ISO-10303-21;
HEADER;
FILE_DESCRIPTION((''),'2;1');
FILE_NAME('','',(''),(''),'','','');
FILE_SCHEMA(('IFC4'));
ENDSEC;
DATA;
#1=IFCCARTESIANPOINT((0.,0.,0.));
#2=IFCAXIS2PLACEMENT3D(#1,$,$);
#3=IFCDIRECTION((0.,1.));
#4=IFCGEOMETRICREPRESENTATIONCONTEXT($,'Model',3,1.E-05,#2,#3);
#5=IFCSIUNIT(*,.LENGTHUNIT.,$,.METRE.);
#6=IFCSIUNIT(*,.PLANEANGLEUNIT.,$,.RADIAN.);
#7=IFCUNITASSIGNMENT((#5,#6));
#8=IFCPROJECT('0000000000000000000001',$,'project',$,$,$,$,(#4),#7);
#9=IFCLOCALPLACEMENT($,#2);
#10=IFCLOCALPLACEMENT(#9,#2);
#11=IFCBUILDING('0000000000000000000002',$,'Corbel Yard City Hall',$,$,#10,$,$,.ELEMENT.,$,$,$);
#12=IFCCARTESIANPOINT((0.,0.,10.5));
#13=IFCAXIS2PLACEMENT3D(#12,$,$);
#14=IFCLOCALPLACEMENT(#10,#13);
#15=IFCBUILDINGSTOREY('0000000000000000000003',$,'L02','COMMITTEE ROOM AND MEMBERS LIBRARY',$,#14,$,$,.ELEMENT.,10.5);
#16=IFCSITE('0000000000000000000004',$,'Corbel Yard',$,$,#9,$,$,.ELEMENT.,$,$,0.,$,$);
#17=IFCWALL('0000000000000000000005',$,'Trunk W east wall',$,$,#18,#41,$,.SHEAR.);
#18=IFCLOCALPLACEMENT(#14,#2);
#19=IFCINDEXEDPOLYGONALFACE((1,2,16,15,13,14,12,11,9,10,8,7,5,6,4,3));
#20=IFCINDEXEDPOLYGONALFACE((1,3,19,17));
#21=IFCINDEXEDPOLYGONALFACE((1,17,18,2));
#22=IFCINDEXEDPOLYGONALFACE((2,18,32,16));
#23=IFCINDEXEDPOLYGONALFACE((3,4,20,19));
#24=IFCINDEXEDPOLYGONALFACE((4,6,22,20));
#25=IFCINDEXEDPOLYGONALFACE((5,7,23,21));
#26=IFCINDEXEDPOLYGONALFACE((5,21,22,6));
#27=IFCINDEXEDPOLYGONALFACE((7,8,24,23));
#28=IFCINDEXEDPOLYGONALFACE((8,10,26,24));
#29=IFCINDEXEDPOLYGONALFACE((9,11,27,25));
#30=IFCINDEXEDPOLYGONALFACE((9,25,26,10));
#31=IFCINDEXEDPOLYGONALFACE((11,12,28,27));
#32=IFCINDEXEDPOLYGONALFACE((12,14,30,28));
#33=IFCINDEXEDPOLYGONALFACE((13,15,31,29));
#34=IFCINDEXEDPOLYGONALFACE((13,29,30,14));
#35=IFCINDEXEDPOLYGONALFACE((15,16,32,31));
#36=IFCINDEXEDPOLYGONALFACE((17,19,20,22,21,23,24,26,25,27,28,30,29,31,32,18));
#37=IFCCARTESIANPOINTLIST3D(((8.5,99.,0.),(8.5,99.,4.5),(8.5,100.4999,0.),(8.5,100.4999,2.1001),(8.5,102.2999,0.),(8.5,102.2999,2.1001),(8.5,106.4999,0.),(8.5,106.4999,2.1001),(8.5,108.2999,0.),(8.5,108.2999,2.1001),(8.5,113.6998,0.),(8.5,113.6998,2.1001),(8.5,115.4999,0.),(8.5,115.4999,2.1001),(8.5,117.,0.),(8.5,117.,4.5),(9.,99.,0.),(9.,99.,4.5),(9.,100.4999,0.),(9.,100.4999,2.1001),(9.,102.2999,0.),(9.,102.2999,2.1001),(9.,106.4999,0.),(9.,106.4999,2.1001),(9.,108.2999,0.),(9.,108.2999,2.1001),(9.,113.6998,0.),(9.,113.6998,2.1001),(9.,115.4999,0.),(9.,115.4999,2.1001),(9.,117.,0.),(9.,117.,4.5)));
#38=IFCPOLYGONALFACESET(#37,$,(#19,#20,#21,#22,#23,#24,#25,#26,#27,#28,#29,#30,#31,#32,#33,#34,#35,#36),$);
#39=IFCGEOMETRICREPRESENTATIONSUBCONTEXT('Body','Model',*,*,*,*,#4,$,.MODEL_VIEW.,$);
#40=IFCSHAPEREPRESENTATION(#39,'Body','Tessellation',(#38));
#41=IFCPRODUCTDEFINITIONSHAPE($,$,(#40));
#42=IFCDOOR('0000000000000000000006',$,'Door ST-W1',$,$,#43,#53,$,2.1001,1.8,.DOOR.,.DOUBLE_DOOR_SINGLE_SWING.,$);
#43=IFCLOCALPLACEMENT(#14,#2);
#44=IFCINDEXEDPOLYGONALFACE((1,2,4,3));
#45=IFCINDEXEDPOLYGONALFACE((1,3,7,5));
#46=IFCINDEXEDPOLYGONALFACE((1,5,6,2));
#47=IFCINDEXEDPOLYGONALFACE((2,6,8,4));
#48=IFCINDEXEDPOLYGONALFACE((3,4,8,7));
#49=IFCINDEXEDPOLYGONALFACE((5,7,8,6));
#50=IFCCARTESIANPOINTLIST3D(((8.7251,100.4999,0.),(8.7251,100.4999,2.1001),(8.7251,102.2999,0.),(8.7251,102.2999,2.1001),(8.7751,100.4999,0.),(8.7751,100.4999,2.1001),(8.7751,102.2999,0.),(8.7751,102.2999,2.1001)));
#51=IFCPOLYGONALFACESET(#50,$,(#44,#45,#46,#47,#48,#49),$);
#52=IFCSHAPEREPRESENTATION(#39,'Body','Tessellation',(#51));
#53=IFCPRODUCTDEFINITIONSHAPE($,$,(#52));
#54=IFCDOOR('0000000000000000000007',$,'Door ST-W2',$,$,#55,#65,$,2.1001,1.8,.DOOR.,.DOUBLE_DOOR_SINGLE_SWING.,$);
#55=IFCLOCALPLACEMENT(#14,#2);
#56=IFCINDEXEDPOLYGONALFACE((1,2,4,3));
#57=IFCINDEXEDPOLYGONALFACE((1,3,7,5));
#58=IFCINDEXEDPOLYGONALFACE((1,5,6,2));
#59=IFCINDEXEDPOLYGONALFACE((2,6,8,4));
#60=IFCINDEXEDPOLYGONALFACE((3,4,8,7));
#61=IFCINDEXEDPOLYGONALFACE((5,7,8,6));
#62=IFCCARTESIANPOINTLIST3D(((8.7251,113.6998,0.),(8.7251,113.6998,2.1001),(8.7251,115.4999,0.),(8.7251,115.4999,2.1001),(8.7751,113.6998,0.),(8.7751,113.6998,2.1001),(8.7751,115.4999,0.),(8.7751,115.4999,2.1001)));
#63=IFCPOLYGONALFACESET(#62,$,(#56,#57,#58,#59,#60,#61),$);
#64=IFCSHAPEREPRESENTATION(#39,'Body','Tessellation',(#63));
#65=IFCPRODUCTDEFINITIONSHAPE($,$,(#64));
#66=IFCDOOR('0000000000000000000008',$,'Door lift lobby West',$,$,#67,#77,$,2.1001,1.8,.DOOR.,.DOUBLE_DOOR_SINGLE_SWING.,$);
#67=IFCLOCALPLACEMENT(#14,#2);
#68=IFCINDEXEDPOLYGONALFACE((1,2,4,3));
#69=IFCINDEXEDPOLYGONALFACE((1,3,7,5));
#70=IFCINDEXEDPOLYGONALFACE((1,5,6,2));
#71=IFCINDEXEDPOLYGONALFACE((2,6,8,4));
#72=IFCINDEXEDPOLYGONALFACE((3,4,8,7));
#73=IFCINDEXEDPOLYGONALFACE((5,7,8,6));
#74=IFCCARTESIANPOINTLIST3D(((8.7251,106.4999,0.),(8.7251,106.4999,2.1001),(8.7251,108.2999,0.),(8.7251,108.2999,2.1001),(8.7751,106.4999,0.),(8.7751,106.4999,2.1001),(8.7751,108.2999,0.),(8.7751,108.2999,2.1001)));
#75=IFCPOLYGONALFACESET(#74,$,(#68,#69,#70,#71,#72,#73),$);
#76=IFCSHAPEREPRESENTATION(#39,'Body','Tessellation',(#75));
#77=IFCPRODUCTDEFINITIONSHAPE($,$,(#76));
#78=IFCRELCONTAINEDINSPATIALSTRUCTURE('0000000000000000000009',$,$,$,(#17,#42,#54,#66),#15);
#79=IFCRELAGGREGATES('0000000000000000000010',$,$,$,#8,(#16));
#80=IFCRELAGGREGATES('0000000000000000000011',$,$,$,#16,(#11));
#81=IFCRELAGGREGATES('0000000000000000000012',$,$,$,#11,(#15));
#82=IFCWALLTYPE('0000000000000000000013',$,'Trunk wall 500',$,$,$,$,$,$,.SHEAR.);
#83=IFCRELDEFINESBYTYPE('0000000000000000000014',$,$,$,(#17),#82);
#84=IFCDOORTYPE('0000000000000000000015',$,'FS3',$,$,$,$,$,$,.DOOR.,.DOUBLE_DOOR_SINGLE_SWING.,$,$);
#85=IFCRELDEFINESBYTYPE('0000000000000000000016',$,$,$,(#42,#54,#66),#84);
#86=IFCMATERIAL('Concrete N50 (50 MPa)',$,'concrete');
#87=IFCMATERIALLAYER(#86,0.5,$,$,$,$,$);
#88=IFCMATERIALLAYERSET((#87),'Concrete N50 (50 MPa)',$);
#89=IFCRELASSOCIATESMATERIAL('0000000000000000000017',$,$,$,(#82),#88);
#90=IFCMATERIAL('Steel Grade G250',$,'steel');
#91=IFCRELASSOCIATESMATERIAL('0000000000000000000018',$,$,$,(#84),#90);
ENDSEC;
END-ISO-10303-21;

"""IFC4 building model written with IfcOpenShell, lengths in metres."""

from ifc_helpers import new_model, si_unit, direction, frame, frame_2d, origin, place, context, subcontext, project, spatial, rectangle, extrude, material, layer, layer_set, type_object, element, fill, save


model = new_model("IFC4")

# Units and contexts
model_context = context("Model", 3, precision=1e-05, world=origin(), true_north=direction((0.0, 1.0)))
body_context = subcontext(model_context, "Body", "Model", "MODEL_VIEW")
ifc_project = project(units=[si_unit("LENGTHUNIT", "METRE"), si_unit("PLANEANGLEUNIT", "RADIAN")], contexts=[model_context])

# Site, building, storey
site_placement = place(None, origin())
site = spatial("IfcSite", under=ifc_project, at=site_placement, Name="Corbel Yard", CompositionType="ELEMENT", RefElevation=0.0)
building_placement = place(site_placement, origin())
building = spatial("IfcBuilding", under=site, at=building_placement, Name="Corbel Yard City Hall", CompositionType="ELEMENT")
storey_placement = place(building_placement, frame((0.0, 0.0, 10.5)))
storey = spatial("IfcBuildingStorey", under=building, at=storey_placement, Name="L02", Description="COMMITTEE ROOM AND MEMBERS LIBRARY", CompositionType="ELEMENT", Elevation=10.5)

# Wall, openings, doors
ifc_material_1 = material(Name="Concrete N50 (50 MPa)", Category="concrete")
ifc_layer_1 = layer(ifc_material_1, 0.5)
ifc_layer_set_1 = layer_set([ifc_layer_1], Name="Concrete N50 (50 MPa)")
wall_type_1 = type_object("IfcWallType", Name="Trunk wall 500", PredefinedType="SHEAR", material=ifc_layer_set_1)
wall_1_placement = place(storey_placement, frame((8.75, 99.0, 0.0), z_axis=(0.0, 0.0, 1.0), x_axis=(0.0, 1.0, 0.0)))
wall_1 = element("IfcWall", 1, at=wall_1_placement, inside=storey, type_object=wall_type_1, Name="Trunk W east wall", PredefinedType="SHEAR", context=body_context, shape_type="SweptSolid", body=[
    extrude(rectangle(XDim=18.0, YDim=0.5, at=frame_2d((9.0, 0.0))), origin(), (0.0, 0.0, 1.0), 4.5),
])
opening_1_placement = place(wall_1_placement, frame((1.5, 0.0, 0.0)))
opening_1 = element("IfcOpeningElement", 2, at=opening_1_placement, cuts=wall_1, PredefinedType="OPENING", context=body_context, shape_type="SweptSolid", body=[
    extrude(rectangle(XDim=1.8, YDim=2.1001, at=frame_2d((0.8999, 1.05))), frame((0.0, 0.26, 0.0), z_axis=(0.0, -1.0, 0.0), x_axis=(1.0, 0.0, 0.0)), (0.0, 0.0, 1.0), 0.52),
])
opening_2_placement = place(wall_1_placement, frame((14.7, 0.0, 0.0)))
opening_2 = element("IfcOpeningElement", 3, at=opening_2_placement, cuts=wall_1, PredefinedType="OPENING", context=body_context, shape_type="SweptSolid", body=[
    extrude(rectangle(XDim=1.8, YDim=2.1001, at=frame_2d((0.8999, 1.05))), frame((0.0, 0.26, 0.0), z_axis=(0.0, -1.0, 0.0), x_axis=(1.0, 0.0, 0.0)), (0.0, 0.0, 1.0), 0.52),
])
opening_3_placement = place(wall_1_placement, frame((7.5, 0.0, 0.0)))
opening_3 = element("IfcOpeningElement", 4, at=opening_3_placement, cuts=wall_1, PredefinedType="OPENING", context=body_context, shape_type="SweptSolid", body=[
    extrude(rectangle(XDim=1.8, YDim=2.1001, at=frame_2d((0.8999, 1.05))), frame((0.0, 0.26, 0.0), z_axis=(0.0, -1.0, 0.0), x_axis=(1.0, 0.0, 0.0)), (0.0, 0.0, 1.0), 0.52),
])
ifc_material_2 = material(Name="Steel Grade G250", Category="steel")
door_type_1 = type_object("IfcDoorType", Name="FS3", OperationType="DOUBLE_DOOR_SINGLE_SWING", PredefinedType="DOOR", material=ifc_material_2)
door_1_placement = place(opening_1_placement, origin())
door_1 = element("IfcDoor", 5, at=door_1_placement, inside=storey, type_object=door_type_1, Name="Door ST-W1", OperationType="DOUBLE_DOOR_SINGLE_SWING", OverallHeight=2.1001, OverallWidth=1.8, PredefinedType="DOOR", context=body_context, shape_type="SweptSolid", body=[
    extrude(rectangle(XDim=1.8, YDim=2.1001, at=frame_2d((0.8999, 1.05))), frame((0.0, 0.0249, 0.0), z_axis=(0.0, -1.0, 0.0), x_axis=(1.0, 0.0, 0.0)), (0.0, 0.0, 1.0), 0.05),
])
fill(opening_1, door_1)
door_2_placement = place(opening_2_placement, origin())
door_2 = element("IfcDoor", 6, at=door_2_placement, inside=storey, type_object=door_type_1, Name="Door ST-W2", OperationType="DOUBLE_DOOR_SINGLE_SWING", OverallHeight=2.1001, OverallWidth=1.8, PredefinedType="DOOR", context=body_context, shape_type="SweptSolid", body=[
    extrude(rectangle(XDim=1.8, YDim=2.1001, at=frame_2d((0.8999, 1.05))), frame((0.0, 0.0249, 0.0), z_axis=(0.0, -1.0, 0.0), x_axis=(1.0, 0.0, 0.0)), (0.0, 0.0, 1.0), 0.05),
])
fill(opening_2, door_2)
door_3_placement = place(opening_3_placement, origin())
door_3 = element("IfcDoor", 7, at=door_3_placement, inside=storey, type_object=door_type_1, Name="Door lift lobby West", OperationType="DOUBLE_DOOR_SINGLE_SWING", OverallHeight=2.1001, OverallWidth=1.8, PredefinedType="DOOR", context=body_context, shape_type="SweptSolid", body=[
    extrude(rectangle(XDim=1.8, YDim=2.1001, at=frame_2d((0.8999, 1.05))), frame((0.0, 0.0249, 0.0), z_axis=(0.0, -1.0, 0.0), x_axis=(1.0, 0.0, 0.0)), (0.0, 0.0, 1.0), 0.05),
])
fill(opening_3, door_3)

save(model, "model.ifc")
